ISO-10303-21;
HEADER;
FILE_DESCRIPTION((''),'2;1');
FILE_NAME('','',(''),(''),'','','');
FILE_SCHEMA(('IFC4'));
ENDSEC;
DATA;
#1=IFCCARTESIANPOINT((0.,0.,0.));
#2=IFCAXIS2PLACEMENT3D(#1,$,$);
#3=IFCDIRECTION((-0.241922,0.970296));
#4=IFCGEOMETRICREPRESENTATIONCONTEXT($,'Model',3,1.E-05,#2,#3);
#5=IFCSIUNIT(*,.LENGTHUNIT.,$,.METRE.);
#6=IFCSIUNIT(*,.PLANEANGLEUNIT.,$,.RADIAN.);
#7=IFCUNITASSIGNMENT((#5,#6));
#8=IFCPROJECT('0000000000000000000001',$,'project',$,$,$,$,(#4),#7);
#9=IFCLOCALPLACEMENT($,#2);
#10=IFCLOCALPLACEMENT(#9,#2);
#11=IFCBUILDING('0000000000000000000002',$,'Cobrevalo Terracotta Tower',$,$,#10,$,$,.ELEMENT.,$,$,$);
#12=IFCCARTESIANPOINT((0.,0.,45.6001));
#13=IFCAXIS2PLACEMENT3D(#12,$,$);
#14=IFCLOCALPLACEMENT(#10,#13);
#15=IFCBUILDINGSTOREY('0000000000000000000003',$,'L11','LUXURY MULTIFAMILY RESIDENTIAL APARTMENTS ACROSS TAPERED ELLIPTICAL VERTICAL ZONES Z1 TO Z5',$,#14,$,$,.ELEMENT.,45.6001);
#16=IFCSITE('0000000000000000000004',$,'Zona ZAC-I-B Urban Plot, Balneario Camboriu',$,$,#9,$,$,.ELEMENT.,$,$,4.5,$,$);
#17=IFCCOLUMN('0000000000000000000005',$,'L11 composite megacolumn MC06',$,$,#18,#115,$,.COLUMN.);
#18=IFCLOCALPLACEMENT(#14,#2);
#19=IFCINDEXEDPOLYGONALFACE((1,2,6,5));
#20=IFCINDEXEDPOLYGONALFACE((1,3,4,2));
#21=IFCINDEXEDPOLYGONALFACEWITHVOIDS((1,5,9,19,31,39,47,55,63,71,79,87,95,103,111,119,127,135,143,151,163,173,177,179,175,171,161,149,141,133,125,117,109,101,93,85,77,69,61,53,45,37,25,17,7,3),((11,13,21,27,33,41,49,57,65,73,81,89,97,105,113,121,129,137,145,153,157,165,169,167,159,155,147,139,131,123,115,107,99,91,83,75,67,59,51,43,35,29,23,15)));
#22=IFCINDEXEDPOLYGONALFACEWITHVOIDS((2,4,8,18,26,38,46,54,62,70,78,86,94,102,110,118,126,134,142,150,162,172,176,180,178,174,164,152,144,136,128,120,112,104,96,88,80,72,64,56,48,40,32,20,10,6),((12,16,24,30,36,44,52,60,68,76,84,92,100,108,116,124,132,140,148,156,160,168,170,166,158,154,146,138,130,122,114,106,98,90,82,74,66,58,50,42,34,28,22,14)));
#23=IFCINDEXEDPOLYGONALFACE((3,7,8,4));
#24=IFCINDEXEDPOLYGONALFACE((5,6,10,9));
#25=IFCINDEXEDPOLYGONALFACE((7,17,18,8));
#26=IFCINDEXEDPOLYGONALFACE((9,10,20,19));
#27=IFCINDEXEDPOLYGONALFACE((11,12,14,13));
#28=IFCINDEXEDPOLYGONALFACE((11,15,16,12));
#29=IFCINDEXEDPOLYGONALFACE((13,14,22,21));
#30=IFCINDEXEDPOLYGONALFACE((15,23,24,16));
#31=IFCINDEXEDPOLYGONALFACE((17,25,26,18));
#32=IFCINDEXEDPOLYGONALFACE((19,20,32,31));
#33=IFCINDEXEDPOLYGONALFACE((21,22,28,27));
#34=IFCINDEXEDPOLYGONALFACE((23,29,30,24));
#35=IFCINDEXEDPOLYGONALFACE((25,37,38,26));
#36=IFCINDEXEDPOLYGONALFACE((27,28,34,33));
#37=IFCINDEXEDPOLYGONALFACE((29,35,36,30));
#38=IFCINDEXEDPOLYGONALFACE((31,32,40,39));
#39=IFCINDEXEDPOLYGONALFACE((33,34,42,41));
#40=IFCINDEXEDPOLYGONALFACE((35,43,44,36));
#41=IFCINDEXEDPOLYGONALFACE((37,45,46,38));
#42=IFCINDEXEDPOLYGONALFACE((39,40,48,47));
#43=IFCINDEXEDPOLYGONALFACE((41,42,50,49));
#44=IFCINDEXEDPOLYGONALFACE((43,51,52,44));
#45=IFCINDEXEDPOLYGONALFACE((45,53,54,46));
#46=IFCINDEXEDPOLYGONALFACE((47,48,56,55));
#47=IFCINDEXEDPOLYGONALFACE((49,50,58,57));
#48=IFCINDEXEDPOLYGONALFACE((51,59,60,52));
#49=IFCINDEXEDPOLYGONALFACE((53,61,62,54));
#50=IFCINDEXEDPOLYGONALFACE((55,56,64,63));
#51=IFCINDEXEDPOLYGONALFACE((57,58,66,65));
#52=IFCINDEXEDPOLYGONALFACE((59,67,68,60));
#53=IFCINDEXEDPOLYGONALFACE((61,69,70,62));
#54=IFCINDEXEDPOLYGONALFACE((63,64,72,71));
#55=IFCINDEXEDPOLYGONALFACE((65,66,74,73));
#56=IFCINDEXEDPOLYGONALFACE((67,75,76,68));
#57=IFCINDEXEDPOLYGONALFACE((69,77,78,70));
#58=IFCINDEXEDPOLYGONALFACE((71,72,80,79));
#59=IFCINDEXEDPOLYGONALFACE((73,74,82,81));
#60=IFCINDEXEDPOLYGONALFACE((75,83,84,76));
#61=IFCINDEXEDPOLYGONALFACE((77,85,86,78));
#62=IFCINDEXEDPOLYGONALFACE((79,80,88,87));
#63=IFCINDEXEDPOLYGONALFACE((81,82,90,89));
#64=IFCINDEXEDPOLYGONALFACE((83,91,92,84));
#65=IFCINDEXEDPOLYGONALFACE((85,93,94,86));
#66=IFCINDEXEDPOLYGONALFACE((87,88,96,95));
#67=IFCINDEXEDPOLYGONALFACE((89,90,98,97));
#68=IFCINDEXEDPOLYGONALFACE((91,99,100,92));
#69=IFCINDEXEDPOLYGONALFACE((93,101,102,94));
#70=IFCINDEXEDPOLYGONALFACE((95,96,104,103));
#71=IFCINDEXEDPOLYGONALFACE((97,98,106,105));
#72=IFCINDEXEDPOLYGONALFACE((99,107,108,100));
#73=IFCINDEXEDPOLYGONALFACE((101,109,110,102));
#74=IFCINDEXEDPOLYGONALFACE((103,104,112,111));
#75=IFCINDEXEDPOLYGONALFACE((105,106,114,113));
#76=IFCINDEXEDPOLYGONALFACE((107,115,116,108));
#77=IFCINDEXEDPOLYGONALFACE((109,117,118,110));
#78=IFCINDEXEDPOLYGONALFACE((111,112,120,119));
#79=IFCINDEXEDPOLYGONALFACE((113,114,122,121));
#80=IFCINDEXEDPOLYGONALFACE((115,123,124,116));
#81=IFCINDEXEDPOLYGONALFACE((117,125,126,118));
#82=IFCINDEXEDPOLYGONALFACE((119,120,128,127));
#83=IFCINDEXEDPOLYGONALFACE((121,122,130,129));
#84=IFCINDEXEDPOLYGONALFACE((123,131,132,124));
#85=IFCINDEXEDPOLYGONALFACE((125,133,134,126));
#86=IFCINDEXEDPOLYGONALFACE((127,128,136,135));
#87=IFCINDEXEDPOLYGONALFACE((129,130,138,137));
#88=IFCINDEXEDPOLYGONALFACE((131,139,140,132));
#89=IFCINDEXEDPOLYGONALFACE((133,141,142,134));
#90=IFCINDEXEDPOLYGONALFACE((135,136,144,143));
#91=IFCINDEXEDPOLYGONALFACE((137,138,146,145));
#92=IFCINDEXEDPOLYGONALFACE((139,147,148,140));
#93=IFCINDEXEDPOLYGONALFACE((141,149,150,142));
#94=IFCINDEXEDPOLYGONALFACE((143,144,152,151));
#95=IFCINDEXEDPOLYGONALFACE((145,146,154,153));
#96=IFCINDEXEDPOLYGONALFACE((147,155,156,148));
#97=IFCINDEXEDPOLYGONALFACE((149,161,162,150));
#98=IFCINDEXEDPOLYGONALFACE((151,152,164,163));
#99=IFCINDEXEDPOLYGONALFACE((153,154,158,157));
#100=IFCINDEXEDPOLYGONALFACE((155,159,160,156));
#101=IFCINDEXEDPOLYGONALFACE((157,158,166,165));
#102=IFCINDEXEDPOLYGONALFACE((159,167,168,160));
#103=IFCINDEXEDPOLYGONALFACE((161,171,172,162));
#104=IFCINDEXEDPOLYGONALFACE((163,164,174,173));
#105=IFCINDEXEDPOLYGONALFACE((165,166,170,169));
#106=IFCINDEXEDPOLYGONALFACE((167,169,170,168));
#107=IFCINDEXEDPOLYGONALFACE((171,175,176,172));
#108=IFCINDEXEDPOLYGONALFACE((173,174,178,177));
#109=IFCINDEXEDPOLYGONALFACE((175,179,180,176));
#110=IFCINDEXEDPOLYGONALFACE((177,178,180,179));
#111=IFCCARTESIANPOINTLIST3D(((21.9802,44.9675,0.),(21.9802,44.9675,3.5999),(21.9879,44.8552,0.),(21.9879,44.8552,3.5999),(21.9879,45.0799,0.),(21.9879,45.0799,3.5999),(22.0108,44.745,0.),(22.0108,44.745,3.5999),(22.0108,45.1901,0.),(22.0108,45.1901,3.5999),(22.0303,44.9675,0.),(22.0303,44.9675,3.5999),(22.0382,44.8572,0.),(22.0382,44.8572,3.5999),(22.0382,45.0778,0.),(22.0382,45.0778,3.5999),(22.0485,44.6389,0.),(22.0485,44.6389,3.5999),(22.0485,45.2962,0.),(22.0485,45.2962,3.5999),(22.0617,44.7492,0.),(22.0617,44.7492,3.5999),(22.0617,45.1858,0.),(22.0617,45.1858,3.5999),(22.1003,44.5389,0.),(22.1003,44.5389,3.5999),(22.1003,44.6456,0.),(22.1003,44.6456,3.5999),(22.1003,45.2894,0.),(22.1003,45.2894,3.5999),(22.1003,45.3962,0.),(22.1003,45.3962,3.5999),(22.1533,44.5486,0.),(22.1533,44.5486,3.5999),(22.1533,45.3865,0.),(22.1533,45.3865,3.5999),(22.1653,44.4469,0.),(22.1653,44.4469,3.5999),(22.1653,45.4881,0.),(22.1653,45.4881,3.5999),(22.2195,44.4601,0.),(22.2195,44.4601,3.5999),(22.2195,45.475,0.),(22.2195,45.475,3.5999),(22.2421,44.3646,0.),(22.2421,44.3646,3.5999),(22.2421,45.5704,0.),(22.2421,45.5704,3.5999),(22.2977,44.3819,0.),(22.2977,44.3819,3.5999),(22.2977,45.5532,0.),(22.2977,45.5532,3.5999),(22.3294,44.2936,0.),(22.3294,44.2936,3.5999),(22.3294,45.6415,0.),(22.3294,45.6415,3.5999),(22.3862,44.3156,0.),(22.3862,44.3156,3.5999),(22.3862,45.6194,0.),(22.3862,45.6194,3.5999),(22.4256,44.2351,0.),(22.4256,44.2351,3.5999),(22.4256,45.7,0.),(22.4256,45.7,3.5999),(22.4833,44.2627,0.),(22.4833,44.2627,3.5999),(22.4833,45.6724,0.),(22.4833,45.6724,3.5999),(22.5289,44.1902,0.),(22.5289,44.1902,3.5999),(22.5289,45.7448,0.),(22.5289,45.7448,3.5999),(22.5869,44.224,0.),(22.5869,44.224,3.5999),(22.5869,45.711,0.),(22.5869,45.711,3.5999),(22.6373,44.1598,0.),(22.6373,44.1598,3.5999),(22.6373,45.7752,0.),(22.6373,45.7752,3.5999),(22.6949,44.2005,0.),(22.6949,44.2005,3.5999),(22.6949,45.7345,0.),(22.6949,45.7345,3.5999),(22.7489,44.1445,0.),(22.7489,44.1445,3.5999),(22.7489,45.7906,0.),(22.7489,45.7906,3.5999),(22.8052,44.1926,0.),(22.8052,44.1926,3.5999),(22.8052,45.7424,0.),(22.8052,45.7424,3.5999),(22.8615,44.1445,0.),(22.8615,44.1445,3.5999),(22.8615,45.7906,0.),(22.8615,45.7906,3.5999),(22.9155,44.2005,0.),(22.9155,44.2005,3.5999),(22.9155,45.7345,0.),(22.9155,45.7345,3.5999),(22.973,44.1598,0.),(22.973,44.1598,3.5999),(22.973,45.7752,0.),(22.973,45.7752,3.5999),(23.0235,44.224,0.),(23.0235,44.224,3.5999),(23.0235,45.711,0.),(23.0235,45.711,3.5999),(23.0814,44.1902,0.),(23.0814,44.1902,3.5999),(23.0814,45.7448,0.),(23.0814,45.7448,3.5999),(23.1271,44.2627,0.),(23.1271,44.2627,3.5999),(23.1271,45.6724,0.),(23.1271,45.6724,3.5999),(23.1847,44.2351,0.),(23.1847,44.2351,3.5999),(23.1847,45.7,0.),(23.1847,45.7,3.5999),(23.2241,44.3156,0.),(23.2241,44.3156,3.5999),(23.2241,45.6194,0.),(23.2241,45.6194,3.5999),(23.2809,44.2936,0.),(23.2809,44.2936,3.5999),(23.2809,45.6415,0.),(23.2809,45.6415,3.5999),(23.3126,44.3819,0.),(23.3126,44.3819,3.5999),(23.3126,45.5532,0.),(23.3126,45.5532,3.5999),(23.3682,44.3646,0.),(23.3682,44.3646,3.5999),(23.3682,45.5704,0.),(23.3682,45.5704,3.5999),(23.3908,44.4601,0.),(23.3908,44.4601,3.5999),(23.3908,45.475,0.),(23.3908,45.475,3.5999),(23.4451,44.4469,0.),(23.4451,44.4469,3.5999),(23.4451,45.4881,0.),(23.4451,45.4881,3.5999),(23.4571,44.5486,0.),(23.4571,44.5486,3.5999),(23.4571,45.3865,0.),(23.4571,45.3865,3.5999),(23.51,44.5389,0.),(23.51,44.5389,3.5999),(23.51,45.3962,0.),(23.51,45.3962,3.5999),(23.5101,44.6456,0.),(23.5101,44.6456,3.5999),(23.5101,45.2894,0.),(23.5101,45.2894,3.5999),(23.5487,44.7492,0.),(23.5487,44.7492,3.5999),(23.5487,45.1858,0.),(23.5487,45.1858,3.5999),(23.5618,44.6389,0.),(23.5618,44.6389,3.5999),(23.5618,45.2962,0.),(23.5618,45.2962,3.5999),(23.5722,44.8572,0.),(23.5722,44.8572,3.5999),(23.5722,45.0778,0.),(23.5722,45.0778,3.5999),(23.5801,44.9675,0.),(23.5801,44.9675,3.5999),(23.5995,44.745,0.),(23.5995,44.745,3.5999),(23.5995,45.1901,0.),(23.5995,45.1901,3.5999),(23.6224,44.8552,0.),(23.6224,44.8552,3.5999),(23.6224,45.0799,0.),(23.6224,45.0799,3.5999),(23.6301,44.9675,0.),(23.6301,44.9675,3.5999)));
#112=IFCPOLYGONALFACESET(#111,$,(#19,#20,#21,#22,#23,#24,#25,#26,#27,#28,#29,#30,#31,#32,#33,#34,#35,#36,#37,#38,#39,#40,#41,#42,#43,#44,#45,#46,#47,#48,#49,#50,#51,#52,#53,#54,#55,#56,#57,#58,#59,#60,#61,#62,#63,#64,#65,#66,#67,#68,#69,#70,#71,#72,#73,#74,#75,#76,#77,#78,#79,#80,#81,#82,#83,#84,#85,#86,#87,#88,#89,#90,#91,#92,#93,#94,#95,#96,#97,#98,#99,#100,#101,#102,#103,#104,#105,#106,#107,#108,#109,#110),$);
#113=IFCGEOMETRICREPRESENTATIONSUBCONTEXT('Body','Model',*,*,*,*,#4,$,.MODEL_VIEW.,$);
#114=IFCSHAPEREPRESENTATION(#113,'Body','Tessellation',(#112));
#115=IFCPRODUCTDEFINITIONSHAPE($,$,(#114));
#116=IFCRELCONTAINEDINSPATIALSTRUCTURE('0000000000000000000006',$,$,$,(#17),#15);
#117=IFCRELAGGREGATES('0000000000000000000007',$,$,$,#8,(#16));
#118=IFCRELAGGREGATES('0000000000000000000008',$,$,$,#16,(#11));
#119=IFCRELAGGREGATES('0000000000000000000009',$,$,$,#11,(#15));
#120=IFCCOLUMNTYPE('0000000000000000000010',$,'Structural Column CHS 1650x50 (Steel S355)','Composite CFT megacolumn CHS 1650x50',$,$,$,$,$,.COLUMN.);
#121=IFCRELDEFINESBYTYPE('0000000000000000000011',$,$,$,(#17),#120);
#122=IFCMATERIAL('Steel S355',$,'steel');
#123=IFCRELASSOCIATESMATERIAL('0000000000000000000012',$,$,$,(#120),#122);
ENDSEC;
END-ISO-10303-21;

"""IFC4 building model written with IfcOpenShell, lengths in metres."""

from ifc_helpers import new_model, si_unit, direction, frame, origin, origin_2d, place, context, subcontext, project, spatial, hollow_circle, extrude, material, material_profile, profile_set, type_object, element, save


model = new_model("IFC4")

# Units and contexts
model_context = context("Model", 3, precision=1e-05, world=origin(), true_north=direction((-0.241922, 0.970296)))
body_context = subcontext(model_context, "Body", "Model", "MODEL_VIEW")
ifc_project = project(units=[si_unit("LENGTHUNIT", "METRE"), si_unit("PLANEANGLEUNIT", "RADIAN")], contexts=[model_context])

# Site, building, storey
site_placement = place(None, origin())
site = spatial("IfcSite", under=ifc_project, at=site_placement, Name="Zona ZAC-I-B Urban Plot, Balneario Camboriu", CompositionType="ELEMENT", RefElevation=4.5)
building_placement = place(site_placement, origin())
building = spatial("IfcBuilding", under=site, at=building_placement, Name="Cobrevalo Terracotta Tower", CompositionType="ELEMENT")
storey_placement = place(building_placement, frame((0.0, 0.0, 45.6001)))
storey = spatial("IfcBuildingStorey", under=building, at=storey_placement, Name="L11", Description="LUXURY MULTIFAMILY RESIDENTIAL APARTMENTS ACROSS TAPERED ELLIPTICAL VERTICAL ZONES Z1 TO Z5", CompositionType="ELEMENT", Elevation=45.6001)

# Column
ifc_material_1 = material(Name="Steel S355", Category="steel")
ifc_material_profile_1 = material_profile(ifc_material_1, hollow_circle(Radius=0.825, WallThickness=0.05, at=origin_2d()), Name="CHS 1650x50")
ifc_profile_set_1 = profile_set([ifc_material_profile_1], Name="Steel S355")
column_type = type_object("IfcColumnType", Name="Structural Column CHS 1650x50 (Steel S355)", Description="Composite CFT megacolumn CHS 1650x50", PredefinedType="COLUMN", material=ifc_profile_set_1)
for number, where, z_axis, x_axis, name in (
    (1, (22.8052, 44.9675, 0.0), (0.0, 0.0, 1.0), (1.0, 0.0, 0.0), "L11 composite megacolumn MC06"),
):
    element("IfcColumn", number, at=place(storey_placement, frame(where, z_axis=z_axis, x_axis=x_axis)), inside=storey, type_object=column_type, Name=name, PredefinedType="COLUMN", context=body_context, shape_type="SweptSolid", body=[
        extrude(hollow_circle(Radius=0.825, WallThickness=0.05, at=origin_2d()), origin(), (0.0, 0.0, 1.0), 3.5999),
    ])

save(model, "model.ifc")
